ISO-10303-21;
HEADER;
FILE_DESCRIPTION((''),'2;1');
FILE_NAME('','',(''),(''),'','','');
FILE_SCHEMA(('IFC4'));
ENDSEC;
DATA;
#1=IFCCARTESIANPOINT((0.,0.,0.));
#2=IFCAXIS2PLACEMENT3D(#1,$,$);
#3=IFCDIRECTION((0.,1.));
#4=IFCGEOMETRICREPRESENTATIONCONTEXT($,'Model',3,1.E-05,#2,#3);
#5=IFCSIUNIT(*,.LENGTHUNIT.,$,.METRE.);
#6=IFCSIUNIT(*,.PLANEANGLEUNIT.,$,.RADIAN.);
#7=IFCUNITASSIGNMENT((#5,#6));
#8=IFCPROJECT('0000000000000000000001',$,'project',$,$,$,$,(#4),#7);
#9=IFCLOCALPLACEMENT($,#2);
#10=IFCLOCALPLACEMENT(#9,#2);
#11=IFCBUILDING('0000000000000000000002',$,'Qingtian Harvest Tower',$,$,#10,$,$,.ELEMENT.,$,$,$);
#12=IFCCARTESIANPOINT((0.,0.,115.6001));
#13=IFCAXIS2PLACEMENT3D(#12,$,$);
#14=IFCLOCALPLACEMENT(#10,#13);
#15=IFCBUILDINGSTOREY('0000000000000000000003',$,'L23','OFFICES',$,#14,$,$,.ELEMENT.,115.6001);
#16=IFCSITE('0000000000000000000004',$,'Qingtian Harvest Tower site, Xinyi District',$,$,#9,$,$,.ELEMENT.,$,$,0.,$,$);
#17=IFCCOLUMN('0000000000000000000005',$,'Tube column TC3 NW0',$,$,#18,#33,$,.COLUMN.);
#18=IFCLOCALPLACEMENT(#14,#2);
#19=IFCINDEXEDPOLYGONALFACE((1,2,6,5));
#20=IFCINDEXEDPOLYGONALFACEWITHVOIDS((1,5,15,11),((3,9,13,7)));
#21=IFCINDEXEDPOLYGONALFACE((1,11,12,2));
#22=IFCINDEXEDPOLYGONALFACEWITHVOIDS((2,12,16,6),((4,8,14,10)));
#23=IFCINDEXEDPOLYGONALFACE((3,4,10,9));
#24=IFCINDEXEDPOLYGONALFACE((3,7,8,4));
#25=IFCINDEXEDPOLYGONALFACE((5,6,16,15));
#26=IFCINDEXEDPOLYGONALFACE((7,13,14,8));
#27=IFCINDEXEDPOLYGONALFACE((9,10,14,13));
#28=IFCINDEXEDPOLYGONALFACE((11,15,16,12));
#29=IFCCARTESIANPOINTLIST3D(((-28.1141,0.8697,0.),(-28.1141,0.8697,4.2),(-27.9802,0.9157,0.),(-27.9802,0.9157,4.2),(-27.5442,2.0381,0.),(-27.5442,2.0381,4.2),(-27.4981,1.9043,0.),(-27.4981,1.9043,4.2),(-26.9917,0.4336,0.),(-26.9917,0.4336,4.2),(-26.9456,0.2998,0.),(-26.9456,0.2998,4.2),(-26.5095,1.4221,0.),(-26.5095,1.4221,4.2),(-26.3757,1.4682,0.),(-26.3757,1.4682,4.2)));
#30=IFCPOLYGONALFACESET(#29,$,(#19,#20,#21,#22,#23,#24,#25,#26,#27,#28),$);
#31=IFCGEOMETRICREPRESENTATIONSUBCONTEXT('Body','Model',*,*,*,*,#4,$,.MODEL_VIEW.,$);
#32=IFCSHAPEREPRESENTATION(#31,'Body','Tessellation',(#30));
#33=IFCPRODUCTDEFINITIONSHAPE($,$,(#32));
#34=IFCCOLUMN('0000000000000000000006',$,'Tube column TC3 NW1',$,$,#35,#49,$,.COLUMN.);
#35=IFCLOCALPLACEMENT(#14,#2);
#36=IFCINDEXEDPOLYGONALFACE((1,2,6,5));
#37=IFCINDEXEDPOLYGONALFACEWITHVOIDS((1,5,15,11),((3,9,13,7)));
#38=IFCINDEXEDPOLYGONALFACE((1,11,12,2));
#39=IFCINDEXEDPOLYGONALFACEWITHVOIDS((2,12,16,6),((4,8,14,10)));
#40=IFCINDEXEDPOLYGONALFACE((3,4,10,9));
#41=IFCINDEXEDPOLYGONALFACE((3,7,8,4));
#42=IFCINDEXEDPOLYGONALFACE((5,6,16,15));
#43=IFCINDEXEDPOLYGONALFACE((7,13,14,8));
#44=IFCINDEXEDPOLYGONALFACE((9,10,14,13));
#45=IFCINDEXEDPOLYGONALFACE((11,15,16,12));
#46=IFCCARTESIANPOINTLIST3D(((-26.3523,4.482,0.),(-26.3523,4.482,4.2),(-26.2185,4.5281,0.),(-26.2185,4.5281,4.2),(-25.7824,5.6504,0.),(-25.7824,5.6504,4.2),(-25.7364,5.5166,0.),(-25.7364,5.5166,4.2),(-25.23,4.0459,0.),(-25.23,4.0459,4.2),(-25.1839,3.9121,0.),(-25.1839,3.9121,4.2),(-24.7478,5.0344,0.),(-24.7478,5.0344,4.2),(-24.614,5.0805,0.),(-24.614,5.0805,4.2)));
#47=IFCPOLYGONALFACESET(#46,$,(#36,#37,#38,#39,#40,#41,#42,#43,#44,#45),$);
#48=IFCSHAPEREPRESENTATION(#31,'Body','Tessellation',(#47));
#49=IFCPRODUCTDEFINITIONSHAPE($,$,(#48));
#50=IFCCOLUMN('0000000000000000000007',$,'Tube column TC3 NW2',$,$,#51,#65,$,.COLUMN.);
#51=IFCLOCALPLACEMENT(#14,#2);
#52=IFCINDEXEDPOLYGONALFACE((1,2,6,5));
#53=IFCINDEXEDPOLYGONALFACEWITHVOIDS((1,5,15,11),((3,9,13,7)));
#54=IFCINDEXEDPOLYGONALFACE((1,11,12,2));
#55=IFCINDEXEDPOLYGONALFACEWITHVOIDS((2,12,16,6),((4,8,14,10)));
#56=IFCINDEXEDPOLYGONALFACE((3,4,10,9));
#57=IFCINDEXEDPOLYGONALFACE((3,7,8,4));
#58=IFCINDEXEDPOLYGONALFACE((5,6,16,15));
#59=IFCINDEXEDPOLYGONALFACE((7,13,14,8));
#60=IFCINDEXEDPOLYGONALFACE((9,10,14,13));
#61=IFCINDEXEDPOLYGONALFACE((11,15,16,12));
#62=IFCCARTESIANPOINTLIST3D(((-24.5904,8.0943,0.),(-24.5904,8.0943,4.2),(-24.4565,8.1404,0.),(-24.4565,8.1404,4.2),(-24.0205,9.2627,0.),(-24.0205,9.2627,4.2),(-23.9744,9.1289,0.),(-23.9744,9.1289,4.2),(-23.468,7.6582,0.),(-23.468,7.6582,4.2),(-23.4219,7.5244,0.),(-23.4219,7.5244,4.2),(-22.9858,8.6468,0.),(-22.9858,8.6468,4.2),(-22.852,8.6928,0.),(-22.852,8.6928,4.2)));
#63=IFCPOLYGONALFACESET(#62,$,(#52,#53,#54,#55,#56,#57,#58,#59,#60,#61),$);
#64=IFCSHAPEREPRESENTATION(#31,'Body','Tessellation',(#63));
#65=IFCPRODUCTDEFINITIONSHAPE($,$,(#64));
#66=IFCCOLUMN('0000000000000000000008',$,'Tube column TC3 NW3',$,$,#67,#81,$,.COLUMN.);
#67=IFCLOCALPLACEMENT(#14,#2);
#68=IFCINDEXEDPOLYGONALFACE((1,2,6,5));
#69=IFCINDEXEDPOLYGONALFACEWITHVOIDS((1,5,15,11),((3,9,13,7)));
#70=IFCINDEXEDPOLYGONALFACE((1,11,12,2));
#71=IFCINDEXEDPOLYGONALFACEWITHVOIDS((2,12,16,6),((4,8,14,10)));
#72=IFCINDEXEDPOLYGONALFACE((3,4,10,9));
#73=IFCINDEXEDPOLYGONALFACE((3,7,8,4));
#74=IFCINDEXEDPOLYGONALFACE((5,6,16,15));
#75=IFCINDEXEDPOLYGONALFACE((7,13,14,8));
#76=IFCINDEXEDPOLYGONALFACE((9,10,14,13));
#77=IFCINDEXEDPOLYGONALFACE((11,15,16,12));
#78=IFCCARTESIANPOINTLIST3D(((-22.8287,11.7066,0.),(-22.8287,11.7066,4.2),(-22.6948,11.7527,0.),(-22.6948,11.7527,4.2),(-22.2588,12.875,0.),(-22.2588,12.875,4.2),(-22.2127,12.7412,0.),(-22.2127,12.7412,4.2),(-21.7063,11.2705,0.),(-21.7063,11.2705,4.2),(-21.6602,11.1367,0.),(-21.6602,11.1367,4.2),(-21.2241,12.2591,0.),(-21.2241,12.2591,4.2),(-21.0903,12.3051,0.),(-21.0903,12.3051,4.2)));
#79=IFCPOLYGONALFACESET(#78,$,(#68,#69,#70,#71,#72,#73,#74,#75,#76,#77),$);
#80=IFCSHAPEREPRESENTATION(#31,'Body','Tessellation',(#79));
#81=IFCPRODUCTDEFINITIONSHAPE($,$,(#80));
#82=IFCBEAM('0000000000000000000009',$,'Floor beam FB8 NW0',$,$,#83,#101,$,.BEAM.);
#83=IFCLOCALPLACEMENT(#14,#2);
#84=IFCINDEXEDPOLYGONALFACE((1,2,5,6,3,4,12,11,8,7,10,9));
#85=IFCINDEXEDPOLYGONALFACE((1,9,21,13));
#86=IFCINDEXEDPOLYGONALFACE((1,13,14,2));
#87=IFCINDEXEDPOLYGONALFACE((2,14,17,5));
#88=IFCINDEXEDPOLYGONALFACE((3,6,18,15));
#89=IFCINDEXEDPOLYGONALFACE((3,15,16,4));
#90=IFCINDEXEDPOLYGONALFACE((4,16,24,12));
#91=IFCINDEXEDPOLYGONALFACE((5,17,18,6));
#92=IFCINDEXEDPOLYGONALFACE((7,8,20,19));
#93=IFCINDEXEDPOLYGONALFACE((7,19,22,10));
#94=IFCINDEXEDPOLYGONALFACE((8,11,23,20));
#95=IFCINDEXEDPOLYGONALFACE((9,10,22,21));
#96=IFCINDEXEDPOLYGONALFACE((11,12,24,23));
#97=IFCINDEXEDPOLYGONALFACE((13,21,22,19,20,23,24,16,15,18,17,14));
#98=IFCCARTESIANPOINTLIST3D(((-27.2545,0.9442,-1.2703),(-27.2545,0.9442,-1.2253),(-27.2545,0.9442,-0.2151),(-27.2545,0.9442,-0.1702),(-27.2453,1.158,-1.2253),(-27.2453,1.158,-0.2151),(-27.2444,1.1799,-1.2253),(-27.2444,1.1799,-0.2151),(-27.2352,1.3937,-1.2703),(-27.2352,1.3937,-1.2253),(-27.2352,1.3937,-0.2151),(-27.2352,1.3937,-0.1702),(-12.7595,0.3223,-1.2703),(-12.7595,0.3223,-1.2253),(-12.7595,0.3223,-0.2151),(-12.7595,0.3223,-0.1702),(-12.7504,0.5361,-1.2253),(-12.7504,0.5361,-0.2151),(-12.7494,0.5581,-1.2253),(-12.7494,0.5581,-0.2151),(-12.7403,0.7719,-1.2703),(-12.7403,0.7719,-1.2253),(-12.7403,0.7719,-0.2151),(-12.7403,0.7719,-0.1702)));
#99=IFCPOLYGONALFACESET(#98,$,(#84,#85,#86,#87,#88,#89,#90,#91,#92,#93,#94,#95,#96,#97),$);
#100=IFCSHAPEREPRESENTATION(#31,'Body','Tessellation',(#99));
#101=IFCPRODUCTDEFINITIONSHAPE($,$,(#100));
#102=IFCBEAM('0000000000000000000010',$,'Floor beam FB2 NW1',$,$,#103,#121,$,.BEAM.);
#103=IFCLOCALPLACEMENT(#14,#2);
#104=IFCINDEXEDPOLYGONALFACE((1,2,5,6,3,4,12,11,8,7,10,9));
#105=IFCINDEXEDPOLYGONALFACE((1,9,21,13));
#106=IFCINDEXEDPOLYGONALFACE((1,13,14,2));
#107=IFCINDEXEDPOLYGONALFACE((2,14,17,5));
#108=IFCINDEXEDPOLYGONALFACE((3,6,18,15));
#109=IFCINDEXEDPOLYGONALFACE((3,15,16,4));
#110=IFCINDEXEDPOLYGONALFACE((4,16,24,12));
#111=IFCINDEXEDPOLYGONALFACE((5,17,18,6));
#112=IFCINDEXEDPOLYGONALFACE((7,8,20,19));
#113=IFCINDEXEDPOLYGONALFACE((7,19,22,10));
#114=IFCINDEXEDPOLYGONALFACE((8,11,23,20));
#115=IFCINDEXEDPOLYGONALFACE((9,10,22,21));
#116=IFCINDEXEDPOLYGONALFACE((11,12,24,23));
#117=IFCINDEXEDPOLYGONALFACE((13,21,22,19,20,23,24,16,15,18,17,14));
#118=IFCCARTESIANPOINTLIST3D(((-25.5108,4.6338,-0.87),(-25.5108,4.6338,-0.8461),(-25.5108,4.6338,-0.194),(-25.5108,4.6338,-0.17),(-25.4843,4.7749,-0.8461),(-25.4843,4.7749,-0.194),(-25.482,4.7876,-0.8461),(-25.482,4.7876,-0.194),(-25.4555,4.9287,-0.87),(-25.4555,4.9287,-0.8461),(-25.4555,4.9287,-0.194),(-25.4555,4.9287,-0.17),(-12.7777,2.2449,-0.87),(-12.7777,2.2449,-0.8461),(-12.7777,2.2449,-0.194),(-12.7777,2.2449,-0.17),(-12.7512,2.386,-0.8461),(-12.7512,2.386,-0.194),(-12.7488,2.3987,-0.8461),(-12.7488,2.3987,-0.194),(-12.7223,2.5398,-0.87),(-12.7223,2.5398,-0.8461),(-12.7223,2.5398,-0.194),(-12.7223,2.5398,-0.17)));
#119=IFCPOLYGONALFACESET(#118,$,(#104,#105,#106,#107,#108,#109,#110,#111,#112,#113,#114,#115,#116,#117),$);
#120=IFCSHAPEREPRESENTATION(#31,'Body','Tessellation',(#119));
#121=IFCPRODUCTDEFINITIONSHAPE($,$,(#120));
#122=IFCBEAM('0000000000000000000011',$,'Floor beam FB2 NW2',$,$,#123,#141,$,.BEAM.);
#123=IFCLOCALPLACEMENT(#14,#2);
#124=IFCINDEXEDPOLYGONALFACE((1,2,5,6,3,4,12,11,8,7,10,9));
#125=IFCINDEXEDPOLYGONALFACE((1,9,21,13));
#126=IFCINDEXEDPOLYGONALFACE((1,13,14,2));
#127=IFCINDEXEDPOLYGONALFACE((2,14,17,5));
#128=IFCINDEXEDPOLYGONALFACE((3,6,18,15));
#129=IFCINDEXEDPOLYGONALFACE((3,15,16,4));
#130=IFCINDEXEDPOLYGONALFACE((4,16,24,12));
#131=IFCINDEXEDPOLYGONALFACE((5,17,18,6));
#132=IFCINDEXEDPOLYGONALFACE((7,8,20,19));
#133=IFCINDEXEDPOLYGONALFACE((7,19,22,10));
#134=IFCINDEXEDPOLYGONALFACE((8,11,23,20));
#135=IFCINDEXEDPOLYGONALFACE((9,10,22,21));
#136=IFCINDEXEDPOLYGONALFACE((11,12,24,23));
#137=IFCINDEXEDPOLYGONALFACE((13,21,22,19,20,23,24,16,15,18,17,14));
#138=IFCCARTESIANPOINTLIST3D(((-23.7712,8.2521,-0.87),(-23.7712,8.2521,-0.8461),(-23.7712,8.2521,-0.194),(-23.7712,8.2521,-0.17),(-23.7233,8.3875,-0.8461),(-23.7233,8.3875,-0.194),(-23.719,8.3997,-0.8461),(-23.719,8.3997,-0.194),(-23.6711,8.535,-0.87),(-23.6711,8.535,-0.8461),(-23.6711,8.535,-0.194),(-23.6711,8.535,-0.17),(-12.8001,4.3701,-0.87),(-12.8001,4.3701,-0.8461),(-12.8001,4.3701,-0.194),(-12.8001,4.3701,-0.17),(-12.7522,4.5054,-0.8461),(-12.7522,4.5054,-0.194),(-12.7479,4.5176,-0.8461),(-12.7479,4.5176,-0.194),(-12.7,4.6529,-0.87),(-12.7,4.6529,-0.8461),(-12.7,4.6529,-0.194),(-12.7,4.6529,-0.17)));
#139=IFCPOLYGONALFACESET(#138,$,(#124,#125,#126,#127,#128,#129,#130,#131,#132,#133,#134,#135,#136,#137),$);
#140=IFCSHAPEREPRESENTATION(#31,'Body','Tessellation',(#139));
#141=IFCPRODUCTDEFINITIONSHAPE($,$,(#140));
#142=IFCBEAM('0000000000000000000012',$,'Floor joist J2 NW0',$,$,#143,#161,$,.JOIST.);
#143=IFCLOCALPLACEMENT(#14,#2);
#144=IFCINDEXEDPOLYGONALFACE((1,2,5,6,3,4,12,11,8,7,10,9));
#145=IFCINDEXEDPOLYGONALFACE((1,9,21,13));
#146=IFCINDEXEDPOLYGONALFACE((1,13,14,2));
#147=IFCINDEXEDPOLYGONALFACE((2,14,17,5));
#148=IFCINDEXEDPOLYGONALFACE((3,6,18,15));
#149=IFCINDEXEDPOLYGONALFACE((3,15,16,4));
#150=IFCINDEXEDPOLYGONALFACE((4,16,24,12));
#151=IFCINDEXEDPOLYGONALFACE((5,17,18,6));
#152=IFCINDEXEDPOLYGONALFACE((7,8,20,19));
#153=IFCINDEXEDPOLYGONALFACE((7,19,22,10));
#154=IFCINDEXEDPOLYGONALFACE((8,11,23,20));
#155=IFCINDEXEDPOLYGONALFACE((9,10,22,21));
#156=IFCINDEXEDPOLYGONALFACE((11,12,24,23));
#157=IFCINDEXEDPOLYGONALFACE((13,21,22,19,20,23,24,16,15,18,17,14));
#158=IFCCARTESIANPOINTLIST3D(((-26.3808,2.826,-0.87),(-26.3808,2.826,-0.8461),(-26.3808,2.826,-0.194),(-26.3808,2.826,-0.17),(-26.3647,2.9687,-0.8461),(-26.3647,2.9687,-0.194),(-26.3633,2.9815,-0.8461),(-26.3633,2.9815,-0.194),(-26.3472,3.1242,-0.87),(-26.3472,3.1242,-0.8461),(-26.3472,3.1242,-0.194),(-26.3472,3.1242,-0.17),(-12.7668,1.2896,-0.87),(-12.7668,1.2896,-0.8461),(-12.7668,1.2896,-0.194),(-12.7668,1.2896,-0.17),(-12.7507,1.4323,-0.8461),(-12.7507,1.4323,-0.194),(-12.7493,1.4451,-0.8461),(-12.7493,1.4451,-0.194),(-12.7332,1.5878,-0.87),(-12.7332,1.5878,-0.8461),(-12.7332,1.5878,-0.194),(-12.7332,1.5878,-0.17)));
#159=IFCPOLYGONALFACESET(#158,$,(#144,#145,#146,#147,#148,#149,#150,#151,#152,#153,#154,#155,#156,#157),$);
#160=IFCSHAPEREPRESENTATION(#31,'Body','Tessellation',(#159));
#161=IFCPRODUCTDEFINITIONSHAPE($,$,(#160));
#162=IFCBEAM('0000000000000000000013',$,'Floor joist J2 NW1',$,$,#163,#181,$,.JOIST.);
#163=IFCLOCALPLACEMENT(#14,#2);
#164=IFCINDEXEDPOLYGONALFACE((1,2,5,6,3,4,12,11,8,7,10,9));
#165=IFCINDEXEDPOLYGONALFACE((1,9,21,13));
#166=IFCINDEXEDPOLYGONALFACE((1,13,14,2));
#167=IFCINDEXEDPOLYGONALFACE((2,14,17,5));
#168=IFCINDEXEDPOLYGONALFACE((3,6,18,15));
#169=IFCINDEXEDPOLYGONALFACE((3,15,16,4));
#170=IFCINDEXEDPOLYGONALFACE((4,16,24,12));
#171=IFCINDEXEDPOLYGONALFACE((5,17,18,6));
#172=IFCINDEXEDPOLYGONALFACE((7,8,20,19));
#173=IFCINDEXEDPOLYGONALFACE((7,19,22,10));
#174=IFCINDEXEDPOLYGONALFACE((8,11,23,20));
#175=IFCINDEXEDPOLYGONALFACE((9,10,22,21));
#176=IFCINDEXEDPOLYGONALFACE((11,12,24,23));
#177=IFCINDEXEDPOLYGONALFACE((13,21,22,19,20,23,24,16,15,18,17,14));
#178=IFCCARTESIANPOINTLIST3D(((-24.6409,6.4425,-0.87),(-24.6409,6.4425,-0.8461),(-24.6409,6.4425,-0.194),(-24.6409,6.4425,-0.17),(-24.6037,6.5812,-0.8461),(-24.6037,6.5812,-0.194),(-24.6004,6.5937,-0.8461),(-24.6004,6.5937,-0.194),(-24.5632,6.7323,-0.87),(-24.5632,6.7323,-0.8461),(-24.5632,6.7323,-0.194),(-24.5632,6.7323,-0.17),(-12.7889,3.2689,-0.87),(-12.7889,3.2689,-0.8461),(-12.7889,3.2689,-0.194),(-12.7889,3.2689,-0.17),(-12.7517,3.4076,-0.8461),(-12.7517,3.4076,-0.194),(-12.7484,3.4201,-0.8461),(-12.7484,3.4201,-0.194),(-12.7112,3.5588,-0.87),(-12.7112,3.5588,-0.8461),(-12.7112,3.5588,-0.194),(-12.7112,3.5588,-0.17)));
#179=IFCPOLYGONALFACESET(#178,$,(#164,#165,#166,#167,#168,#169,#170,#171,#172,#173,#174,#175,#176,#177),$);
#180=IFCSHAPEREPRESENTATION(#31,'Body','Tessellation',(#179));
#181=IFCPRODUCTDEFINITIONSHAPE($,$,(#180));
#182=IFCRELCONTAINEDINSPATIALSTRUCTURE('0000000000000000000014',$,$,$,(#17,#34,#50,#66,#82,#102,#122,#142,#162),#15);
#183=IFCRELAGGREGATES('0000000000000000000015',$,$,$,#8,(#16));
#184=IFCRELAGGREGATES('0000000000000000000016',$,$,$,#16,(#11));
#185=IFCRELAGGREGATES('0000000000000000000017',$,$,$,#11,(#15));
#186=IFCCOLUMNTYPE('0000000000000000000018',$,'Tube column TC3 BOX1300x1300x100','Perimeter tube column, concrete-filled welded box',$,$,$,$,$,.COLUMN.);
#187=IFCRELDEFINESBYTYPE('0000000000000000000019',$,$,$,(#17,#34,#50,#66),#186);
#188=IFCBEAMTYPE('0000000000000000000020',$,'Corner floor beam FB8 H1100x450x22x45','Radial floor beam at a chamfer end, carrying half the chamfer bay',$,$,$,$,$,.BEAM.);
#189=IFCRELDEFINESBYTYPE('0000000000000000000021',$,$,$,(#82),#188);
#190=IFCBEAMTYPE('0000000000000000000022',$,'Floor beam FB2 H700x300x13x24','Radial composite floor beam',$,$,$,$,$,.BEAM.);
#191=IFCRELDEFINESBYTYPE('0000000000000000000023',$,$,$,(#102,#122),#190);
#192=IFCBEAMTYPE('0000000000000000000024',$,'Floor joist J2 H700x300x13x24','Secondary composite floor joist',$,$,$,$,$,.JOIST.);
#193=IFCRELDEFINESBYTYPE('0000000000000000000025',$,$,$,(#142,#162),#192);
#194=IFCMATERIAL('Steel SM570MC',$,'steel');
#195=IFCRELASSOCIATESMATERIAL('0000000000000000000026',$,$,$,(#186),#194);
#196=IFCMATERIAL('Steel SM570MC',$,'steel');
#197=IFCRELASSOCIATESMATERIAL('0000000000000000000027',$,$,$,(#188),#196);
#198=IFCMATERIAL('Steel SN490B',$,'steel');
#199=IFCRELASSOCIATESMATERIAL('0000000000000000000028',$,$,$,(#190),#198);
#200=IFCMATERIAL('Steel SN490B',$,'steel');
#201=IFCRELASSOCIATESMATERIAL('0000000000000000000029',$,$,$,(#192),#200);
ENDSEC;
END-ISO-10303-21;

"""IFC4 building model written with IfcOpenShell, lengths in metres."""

from ifc_helpers import new_model, si_unit, direction, frame, origin, origin_2d, place, context, subcontext, project, spatial, hollow_rectangle, i_section, extrude, material, material_profile, profile_set, type_object, element, save


model = new_model("IFC4")

# Units and contexts
model_context = context("Model", 3, precision=1e-05, world=origin(), true_north=direction((0.0, 1.0)))
body_context = subcontext(model_context, "Body", "Model", "MODEL_VIEW")
ifc_project = project(units=[si_unit("LENGTHUNIT", "METRE"), si_unit("PLANEANGLEUNIT", "RADIAN")], contexts=[model_context])

# Site, building, storey
site_placement = place(None, origin())
site = spatial("IfcSite", under=ifc_project, at=site_placement, Name="Qingtian Harvest Tower site, Xinyi District", CompositionType="ELEMENT", RefElevation=0.0)
building_placement = place(site_placement, origin())
building = spatial("IfcBuilding", under=site, at=building_placement, Name="Qingtian Harvest Tower", CompositionType="ELEMENT")
storey_placement = place(building_placement, frame((0.0, 0.0, 115.6001)))
storey = spatial("IfcBuildingStorey", under=building, at=storey_placement, Name="L23", Description="OFFICES", CompositionType="ELEMENT", Elevation=115.6001)

# Columns
ifc_material_1 = material(Name="Steel SM570MC", Category="steel")
ifc_material_profile_1 = material_profile(ifc_material_1, hollow_rectangle(XDim=1.3, YDim=1.3, WallThickness=0.1001, at=origin_2d()), Name="BOX1300x1300x100")
ifc_profile_set_1 = profile_set([ifc_material_profile_1], Name="Steel SM570MC")
column_type = type_object("IfcColumnType", Name="Tube column TC3 BOX1300x1300x100", Description="Perimeter tube column, concrete-filled welded box", PredefinedType="COLUMN", material=ifc_profile_set_1)
for number, where, z_axis, x_axis, name in (
    (1, (-27.2449, 1.1689, 0.0), (0.0, 0.0, 1.0), (-0.438371, -0.898794, 0.0), "Tube column TC3 NW0"),
    (2, (-25.4832, 4.7812, 0.0), (0.0, 0.0, 1.0), (-0.438371, -0.898794, 0.0), "Tube column TC3 NW1"),
    (3, (-23.7212, 8.3936, 0.0), (0.0, 0.0, 1.0), (-0.438371, -0.898794, 0.0), "Tube column TC3 NW2"),
    (4, (-21.9595, 12.0059, 0.0), (0.0, 0.0, 1.0), (-0.438371, -0.898794, 0.0), "Tube column TC3 NW3"),
):
    element("IfcColumn", number, at=place(storey_placement, frame(where, z_axis=z_axis, x_axis=x_axis)), inside=storey, type_object=column_type, Name=name, PredefinedType="COLUMN", context=body_context, shape_type="SweptSolid", body=[
        extrude(hollow_rectangle(XDim=1.3, YDim=1.3, WallThickness=0.1001, at=origin_2d()), origin(), (0.0, 0.0, 1.0), 4.2),
    ])

# Beams
ifc_material_2 = material(Name="Steel SM570MC", Category="steel")
ifc_material_profile_2 = material_profile(ifc_material_2, i_section(OverallWidth=0.45, OverallDepth=1.1001, WebThickness=0.022, FlangeThickness=0.0449, at=origin_2d()), Name="H1100x450x22x45")
ifc_profile_set_2 = profile_set([ifc_material_profile_2], Name="Steel SM570MC")
beam_type_1 = type_object("IfcBeamType", Name="Corner floor beam FB8 H1100x450x22x45", Description="Radial floor beam at a chamfer end, carrying half the chamfer bay", PredefinedType="BEAM", material=ifc_profile_set_2)
beam_1_placement = place(storey_placement, frame((-27.2449, 1.1689, -0.7202), z_axis=(0.999081, -0.04286, 0.0), x_axis=(0.04286, 0.999081, 0.0)))
element("IfcBeam", 5, at=beam_1_placement, inside=storey, type_object=beam_type_1, Name="Floor beam FB8 NW0", PredefinedType="BEAM", context=body_context, shape_type="SweptSolid", body=[
    extrude(i_section(OverallWidth=0.45, OverallDepth=1.1001, WebThickness=0.022, FlangeThickness=0.0449, at=origin_2d()), origin(), (0.0, 0.0, 1.0), 14.5083),
])
ifc_material_3 = material(Name="Steel SN490B", Category="steel")
ifc_material_profile_3 = material_profile(ifc_material_3, i_section(OverallWidth=0.3, OverallDepth=0.7, WebThickness=0.0129, FlangeThickness=0.0239, at=origin_2d()), Name="H700x300x13x24")
ifc_profile_set_3 = profile_set([ifc_material_profile_3], Name="Steel SN490B")
beam_type_2 = type_object("IfcBeamType", Name="Floor beam FB2 H700x300x13x24", Description="Radial composite floor beam", PredefinedType="BEAM", material=ifc_profile_set_3)
beam_2_placement = place(storey_placement, frame((-25.4832, 4.7812, -0.52), z_axis=(0.982852, -0.184397, 0.0), x_axis=(0.184397, 0.982852, 0.0)))
element("IfcBeam", 6, at=beam_2_placement, inside=storey, type_object=beam_type_2, Name="Floor beam FB2 NW1", PredefinedType="BEAM", context=body_context, shape_type="SweptSolid", body=[
    extrude(i_section(OverallWidth=0.3, OverallDepth=0.7, WebThickness=0.0129, FlangeThickness=0.0239, at=origin_2d()), origin(), (0.0, 0.0, 1.0), 12.9553),
])
beam_3_placement = place(storey_placement, frame((-23.7212, 8.3936, -0.52), z_axis=(0.942723, -0.333576, 0.0), x_axis=(0.333576, 0.942723, 0.0)))
element("IfcBeam", 7, at=beam_3_placement, inside=storey, type_object=beam_type_2, Name="Floor beam FB2 NW2", PredefinedType="BEAM", context=body_context, shape_type="SweptSolid", body=[
    extrude(i_section(OverallWidth=0.3, OverallDepth=0.7, WebThickness=0.0129, FlangeThickness=0.0239, at=origin_2d()), origin(), (0.0, 0.0, 1.0), 11.6377),
])
ifc_material_4 = material(Name="Steel SN490B", Category="steel")
ifc_material_profile_4 = material_profile(ifc_material_4, i_section(OverallWidth=0.3, OverallDepth=0.7, WebThickness=0.0129, FlangeThickness=0.0239, at=origin_2d()), Name="H700x300x13x24")
ifc_profile_set_4 = profile_set([ifc_material_profile_4], Name="Steel SN490B")
beam_type_3 = type_object("IfcBeamType", Name="Floor joist J2 H700x300x13x24", Description="Secondary composite floor joist", PredefinedType="JOIST", material=ifc_profile_set_4)
beam_4_placement = place(storey_placement, frame((-26.364, 2.9751, -0.52), z_axis=(0.993692, -0.112141, 0.0), x_axis=(0.112141, 0.993692, 0.0)))
element("IfcBeam", 8, at=beam_4_placement, inside=storey, type_object=beam_type_3, Name="Floor joist J2 NW0", PredefinedType="JOIST", context=body_context, shape_type="SweptSolid", body=[
    extrude(i_section(OverallWidth=0.3, OverallDepth=0.7, WebThickness=0.0129, FlangeThickness=0.0239, at=origin_2d()), origin(), (0.0, 0.0, 1.0), 13.7004),
])
beam_5_placement = place(storey_placement, frame((-24.6021, 6.5874, -0.52), z_axis=(0.96597, -0.258655, 0.0), x_axis=(0.258655, 0.96597, 0.0)))
element("IfcBeam", 9, at=beam_5_placement, inside=storey, type_object=beam_type_3, Name="Floor joist J2 NW1", PredefinedType="JOIST", context=body_context, shape_type="SweptSolid", body=[
    extrude(i_section(OverallWidth=0.3, OverallDepth=0.7, WebThickness=0.0129, FlangeThickness=0.0239, at=origin_2d()), origin(), (0.0, 0.0, 1.0), 12.2695),
])

save(model, "model.ifc")
